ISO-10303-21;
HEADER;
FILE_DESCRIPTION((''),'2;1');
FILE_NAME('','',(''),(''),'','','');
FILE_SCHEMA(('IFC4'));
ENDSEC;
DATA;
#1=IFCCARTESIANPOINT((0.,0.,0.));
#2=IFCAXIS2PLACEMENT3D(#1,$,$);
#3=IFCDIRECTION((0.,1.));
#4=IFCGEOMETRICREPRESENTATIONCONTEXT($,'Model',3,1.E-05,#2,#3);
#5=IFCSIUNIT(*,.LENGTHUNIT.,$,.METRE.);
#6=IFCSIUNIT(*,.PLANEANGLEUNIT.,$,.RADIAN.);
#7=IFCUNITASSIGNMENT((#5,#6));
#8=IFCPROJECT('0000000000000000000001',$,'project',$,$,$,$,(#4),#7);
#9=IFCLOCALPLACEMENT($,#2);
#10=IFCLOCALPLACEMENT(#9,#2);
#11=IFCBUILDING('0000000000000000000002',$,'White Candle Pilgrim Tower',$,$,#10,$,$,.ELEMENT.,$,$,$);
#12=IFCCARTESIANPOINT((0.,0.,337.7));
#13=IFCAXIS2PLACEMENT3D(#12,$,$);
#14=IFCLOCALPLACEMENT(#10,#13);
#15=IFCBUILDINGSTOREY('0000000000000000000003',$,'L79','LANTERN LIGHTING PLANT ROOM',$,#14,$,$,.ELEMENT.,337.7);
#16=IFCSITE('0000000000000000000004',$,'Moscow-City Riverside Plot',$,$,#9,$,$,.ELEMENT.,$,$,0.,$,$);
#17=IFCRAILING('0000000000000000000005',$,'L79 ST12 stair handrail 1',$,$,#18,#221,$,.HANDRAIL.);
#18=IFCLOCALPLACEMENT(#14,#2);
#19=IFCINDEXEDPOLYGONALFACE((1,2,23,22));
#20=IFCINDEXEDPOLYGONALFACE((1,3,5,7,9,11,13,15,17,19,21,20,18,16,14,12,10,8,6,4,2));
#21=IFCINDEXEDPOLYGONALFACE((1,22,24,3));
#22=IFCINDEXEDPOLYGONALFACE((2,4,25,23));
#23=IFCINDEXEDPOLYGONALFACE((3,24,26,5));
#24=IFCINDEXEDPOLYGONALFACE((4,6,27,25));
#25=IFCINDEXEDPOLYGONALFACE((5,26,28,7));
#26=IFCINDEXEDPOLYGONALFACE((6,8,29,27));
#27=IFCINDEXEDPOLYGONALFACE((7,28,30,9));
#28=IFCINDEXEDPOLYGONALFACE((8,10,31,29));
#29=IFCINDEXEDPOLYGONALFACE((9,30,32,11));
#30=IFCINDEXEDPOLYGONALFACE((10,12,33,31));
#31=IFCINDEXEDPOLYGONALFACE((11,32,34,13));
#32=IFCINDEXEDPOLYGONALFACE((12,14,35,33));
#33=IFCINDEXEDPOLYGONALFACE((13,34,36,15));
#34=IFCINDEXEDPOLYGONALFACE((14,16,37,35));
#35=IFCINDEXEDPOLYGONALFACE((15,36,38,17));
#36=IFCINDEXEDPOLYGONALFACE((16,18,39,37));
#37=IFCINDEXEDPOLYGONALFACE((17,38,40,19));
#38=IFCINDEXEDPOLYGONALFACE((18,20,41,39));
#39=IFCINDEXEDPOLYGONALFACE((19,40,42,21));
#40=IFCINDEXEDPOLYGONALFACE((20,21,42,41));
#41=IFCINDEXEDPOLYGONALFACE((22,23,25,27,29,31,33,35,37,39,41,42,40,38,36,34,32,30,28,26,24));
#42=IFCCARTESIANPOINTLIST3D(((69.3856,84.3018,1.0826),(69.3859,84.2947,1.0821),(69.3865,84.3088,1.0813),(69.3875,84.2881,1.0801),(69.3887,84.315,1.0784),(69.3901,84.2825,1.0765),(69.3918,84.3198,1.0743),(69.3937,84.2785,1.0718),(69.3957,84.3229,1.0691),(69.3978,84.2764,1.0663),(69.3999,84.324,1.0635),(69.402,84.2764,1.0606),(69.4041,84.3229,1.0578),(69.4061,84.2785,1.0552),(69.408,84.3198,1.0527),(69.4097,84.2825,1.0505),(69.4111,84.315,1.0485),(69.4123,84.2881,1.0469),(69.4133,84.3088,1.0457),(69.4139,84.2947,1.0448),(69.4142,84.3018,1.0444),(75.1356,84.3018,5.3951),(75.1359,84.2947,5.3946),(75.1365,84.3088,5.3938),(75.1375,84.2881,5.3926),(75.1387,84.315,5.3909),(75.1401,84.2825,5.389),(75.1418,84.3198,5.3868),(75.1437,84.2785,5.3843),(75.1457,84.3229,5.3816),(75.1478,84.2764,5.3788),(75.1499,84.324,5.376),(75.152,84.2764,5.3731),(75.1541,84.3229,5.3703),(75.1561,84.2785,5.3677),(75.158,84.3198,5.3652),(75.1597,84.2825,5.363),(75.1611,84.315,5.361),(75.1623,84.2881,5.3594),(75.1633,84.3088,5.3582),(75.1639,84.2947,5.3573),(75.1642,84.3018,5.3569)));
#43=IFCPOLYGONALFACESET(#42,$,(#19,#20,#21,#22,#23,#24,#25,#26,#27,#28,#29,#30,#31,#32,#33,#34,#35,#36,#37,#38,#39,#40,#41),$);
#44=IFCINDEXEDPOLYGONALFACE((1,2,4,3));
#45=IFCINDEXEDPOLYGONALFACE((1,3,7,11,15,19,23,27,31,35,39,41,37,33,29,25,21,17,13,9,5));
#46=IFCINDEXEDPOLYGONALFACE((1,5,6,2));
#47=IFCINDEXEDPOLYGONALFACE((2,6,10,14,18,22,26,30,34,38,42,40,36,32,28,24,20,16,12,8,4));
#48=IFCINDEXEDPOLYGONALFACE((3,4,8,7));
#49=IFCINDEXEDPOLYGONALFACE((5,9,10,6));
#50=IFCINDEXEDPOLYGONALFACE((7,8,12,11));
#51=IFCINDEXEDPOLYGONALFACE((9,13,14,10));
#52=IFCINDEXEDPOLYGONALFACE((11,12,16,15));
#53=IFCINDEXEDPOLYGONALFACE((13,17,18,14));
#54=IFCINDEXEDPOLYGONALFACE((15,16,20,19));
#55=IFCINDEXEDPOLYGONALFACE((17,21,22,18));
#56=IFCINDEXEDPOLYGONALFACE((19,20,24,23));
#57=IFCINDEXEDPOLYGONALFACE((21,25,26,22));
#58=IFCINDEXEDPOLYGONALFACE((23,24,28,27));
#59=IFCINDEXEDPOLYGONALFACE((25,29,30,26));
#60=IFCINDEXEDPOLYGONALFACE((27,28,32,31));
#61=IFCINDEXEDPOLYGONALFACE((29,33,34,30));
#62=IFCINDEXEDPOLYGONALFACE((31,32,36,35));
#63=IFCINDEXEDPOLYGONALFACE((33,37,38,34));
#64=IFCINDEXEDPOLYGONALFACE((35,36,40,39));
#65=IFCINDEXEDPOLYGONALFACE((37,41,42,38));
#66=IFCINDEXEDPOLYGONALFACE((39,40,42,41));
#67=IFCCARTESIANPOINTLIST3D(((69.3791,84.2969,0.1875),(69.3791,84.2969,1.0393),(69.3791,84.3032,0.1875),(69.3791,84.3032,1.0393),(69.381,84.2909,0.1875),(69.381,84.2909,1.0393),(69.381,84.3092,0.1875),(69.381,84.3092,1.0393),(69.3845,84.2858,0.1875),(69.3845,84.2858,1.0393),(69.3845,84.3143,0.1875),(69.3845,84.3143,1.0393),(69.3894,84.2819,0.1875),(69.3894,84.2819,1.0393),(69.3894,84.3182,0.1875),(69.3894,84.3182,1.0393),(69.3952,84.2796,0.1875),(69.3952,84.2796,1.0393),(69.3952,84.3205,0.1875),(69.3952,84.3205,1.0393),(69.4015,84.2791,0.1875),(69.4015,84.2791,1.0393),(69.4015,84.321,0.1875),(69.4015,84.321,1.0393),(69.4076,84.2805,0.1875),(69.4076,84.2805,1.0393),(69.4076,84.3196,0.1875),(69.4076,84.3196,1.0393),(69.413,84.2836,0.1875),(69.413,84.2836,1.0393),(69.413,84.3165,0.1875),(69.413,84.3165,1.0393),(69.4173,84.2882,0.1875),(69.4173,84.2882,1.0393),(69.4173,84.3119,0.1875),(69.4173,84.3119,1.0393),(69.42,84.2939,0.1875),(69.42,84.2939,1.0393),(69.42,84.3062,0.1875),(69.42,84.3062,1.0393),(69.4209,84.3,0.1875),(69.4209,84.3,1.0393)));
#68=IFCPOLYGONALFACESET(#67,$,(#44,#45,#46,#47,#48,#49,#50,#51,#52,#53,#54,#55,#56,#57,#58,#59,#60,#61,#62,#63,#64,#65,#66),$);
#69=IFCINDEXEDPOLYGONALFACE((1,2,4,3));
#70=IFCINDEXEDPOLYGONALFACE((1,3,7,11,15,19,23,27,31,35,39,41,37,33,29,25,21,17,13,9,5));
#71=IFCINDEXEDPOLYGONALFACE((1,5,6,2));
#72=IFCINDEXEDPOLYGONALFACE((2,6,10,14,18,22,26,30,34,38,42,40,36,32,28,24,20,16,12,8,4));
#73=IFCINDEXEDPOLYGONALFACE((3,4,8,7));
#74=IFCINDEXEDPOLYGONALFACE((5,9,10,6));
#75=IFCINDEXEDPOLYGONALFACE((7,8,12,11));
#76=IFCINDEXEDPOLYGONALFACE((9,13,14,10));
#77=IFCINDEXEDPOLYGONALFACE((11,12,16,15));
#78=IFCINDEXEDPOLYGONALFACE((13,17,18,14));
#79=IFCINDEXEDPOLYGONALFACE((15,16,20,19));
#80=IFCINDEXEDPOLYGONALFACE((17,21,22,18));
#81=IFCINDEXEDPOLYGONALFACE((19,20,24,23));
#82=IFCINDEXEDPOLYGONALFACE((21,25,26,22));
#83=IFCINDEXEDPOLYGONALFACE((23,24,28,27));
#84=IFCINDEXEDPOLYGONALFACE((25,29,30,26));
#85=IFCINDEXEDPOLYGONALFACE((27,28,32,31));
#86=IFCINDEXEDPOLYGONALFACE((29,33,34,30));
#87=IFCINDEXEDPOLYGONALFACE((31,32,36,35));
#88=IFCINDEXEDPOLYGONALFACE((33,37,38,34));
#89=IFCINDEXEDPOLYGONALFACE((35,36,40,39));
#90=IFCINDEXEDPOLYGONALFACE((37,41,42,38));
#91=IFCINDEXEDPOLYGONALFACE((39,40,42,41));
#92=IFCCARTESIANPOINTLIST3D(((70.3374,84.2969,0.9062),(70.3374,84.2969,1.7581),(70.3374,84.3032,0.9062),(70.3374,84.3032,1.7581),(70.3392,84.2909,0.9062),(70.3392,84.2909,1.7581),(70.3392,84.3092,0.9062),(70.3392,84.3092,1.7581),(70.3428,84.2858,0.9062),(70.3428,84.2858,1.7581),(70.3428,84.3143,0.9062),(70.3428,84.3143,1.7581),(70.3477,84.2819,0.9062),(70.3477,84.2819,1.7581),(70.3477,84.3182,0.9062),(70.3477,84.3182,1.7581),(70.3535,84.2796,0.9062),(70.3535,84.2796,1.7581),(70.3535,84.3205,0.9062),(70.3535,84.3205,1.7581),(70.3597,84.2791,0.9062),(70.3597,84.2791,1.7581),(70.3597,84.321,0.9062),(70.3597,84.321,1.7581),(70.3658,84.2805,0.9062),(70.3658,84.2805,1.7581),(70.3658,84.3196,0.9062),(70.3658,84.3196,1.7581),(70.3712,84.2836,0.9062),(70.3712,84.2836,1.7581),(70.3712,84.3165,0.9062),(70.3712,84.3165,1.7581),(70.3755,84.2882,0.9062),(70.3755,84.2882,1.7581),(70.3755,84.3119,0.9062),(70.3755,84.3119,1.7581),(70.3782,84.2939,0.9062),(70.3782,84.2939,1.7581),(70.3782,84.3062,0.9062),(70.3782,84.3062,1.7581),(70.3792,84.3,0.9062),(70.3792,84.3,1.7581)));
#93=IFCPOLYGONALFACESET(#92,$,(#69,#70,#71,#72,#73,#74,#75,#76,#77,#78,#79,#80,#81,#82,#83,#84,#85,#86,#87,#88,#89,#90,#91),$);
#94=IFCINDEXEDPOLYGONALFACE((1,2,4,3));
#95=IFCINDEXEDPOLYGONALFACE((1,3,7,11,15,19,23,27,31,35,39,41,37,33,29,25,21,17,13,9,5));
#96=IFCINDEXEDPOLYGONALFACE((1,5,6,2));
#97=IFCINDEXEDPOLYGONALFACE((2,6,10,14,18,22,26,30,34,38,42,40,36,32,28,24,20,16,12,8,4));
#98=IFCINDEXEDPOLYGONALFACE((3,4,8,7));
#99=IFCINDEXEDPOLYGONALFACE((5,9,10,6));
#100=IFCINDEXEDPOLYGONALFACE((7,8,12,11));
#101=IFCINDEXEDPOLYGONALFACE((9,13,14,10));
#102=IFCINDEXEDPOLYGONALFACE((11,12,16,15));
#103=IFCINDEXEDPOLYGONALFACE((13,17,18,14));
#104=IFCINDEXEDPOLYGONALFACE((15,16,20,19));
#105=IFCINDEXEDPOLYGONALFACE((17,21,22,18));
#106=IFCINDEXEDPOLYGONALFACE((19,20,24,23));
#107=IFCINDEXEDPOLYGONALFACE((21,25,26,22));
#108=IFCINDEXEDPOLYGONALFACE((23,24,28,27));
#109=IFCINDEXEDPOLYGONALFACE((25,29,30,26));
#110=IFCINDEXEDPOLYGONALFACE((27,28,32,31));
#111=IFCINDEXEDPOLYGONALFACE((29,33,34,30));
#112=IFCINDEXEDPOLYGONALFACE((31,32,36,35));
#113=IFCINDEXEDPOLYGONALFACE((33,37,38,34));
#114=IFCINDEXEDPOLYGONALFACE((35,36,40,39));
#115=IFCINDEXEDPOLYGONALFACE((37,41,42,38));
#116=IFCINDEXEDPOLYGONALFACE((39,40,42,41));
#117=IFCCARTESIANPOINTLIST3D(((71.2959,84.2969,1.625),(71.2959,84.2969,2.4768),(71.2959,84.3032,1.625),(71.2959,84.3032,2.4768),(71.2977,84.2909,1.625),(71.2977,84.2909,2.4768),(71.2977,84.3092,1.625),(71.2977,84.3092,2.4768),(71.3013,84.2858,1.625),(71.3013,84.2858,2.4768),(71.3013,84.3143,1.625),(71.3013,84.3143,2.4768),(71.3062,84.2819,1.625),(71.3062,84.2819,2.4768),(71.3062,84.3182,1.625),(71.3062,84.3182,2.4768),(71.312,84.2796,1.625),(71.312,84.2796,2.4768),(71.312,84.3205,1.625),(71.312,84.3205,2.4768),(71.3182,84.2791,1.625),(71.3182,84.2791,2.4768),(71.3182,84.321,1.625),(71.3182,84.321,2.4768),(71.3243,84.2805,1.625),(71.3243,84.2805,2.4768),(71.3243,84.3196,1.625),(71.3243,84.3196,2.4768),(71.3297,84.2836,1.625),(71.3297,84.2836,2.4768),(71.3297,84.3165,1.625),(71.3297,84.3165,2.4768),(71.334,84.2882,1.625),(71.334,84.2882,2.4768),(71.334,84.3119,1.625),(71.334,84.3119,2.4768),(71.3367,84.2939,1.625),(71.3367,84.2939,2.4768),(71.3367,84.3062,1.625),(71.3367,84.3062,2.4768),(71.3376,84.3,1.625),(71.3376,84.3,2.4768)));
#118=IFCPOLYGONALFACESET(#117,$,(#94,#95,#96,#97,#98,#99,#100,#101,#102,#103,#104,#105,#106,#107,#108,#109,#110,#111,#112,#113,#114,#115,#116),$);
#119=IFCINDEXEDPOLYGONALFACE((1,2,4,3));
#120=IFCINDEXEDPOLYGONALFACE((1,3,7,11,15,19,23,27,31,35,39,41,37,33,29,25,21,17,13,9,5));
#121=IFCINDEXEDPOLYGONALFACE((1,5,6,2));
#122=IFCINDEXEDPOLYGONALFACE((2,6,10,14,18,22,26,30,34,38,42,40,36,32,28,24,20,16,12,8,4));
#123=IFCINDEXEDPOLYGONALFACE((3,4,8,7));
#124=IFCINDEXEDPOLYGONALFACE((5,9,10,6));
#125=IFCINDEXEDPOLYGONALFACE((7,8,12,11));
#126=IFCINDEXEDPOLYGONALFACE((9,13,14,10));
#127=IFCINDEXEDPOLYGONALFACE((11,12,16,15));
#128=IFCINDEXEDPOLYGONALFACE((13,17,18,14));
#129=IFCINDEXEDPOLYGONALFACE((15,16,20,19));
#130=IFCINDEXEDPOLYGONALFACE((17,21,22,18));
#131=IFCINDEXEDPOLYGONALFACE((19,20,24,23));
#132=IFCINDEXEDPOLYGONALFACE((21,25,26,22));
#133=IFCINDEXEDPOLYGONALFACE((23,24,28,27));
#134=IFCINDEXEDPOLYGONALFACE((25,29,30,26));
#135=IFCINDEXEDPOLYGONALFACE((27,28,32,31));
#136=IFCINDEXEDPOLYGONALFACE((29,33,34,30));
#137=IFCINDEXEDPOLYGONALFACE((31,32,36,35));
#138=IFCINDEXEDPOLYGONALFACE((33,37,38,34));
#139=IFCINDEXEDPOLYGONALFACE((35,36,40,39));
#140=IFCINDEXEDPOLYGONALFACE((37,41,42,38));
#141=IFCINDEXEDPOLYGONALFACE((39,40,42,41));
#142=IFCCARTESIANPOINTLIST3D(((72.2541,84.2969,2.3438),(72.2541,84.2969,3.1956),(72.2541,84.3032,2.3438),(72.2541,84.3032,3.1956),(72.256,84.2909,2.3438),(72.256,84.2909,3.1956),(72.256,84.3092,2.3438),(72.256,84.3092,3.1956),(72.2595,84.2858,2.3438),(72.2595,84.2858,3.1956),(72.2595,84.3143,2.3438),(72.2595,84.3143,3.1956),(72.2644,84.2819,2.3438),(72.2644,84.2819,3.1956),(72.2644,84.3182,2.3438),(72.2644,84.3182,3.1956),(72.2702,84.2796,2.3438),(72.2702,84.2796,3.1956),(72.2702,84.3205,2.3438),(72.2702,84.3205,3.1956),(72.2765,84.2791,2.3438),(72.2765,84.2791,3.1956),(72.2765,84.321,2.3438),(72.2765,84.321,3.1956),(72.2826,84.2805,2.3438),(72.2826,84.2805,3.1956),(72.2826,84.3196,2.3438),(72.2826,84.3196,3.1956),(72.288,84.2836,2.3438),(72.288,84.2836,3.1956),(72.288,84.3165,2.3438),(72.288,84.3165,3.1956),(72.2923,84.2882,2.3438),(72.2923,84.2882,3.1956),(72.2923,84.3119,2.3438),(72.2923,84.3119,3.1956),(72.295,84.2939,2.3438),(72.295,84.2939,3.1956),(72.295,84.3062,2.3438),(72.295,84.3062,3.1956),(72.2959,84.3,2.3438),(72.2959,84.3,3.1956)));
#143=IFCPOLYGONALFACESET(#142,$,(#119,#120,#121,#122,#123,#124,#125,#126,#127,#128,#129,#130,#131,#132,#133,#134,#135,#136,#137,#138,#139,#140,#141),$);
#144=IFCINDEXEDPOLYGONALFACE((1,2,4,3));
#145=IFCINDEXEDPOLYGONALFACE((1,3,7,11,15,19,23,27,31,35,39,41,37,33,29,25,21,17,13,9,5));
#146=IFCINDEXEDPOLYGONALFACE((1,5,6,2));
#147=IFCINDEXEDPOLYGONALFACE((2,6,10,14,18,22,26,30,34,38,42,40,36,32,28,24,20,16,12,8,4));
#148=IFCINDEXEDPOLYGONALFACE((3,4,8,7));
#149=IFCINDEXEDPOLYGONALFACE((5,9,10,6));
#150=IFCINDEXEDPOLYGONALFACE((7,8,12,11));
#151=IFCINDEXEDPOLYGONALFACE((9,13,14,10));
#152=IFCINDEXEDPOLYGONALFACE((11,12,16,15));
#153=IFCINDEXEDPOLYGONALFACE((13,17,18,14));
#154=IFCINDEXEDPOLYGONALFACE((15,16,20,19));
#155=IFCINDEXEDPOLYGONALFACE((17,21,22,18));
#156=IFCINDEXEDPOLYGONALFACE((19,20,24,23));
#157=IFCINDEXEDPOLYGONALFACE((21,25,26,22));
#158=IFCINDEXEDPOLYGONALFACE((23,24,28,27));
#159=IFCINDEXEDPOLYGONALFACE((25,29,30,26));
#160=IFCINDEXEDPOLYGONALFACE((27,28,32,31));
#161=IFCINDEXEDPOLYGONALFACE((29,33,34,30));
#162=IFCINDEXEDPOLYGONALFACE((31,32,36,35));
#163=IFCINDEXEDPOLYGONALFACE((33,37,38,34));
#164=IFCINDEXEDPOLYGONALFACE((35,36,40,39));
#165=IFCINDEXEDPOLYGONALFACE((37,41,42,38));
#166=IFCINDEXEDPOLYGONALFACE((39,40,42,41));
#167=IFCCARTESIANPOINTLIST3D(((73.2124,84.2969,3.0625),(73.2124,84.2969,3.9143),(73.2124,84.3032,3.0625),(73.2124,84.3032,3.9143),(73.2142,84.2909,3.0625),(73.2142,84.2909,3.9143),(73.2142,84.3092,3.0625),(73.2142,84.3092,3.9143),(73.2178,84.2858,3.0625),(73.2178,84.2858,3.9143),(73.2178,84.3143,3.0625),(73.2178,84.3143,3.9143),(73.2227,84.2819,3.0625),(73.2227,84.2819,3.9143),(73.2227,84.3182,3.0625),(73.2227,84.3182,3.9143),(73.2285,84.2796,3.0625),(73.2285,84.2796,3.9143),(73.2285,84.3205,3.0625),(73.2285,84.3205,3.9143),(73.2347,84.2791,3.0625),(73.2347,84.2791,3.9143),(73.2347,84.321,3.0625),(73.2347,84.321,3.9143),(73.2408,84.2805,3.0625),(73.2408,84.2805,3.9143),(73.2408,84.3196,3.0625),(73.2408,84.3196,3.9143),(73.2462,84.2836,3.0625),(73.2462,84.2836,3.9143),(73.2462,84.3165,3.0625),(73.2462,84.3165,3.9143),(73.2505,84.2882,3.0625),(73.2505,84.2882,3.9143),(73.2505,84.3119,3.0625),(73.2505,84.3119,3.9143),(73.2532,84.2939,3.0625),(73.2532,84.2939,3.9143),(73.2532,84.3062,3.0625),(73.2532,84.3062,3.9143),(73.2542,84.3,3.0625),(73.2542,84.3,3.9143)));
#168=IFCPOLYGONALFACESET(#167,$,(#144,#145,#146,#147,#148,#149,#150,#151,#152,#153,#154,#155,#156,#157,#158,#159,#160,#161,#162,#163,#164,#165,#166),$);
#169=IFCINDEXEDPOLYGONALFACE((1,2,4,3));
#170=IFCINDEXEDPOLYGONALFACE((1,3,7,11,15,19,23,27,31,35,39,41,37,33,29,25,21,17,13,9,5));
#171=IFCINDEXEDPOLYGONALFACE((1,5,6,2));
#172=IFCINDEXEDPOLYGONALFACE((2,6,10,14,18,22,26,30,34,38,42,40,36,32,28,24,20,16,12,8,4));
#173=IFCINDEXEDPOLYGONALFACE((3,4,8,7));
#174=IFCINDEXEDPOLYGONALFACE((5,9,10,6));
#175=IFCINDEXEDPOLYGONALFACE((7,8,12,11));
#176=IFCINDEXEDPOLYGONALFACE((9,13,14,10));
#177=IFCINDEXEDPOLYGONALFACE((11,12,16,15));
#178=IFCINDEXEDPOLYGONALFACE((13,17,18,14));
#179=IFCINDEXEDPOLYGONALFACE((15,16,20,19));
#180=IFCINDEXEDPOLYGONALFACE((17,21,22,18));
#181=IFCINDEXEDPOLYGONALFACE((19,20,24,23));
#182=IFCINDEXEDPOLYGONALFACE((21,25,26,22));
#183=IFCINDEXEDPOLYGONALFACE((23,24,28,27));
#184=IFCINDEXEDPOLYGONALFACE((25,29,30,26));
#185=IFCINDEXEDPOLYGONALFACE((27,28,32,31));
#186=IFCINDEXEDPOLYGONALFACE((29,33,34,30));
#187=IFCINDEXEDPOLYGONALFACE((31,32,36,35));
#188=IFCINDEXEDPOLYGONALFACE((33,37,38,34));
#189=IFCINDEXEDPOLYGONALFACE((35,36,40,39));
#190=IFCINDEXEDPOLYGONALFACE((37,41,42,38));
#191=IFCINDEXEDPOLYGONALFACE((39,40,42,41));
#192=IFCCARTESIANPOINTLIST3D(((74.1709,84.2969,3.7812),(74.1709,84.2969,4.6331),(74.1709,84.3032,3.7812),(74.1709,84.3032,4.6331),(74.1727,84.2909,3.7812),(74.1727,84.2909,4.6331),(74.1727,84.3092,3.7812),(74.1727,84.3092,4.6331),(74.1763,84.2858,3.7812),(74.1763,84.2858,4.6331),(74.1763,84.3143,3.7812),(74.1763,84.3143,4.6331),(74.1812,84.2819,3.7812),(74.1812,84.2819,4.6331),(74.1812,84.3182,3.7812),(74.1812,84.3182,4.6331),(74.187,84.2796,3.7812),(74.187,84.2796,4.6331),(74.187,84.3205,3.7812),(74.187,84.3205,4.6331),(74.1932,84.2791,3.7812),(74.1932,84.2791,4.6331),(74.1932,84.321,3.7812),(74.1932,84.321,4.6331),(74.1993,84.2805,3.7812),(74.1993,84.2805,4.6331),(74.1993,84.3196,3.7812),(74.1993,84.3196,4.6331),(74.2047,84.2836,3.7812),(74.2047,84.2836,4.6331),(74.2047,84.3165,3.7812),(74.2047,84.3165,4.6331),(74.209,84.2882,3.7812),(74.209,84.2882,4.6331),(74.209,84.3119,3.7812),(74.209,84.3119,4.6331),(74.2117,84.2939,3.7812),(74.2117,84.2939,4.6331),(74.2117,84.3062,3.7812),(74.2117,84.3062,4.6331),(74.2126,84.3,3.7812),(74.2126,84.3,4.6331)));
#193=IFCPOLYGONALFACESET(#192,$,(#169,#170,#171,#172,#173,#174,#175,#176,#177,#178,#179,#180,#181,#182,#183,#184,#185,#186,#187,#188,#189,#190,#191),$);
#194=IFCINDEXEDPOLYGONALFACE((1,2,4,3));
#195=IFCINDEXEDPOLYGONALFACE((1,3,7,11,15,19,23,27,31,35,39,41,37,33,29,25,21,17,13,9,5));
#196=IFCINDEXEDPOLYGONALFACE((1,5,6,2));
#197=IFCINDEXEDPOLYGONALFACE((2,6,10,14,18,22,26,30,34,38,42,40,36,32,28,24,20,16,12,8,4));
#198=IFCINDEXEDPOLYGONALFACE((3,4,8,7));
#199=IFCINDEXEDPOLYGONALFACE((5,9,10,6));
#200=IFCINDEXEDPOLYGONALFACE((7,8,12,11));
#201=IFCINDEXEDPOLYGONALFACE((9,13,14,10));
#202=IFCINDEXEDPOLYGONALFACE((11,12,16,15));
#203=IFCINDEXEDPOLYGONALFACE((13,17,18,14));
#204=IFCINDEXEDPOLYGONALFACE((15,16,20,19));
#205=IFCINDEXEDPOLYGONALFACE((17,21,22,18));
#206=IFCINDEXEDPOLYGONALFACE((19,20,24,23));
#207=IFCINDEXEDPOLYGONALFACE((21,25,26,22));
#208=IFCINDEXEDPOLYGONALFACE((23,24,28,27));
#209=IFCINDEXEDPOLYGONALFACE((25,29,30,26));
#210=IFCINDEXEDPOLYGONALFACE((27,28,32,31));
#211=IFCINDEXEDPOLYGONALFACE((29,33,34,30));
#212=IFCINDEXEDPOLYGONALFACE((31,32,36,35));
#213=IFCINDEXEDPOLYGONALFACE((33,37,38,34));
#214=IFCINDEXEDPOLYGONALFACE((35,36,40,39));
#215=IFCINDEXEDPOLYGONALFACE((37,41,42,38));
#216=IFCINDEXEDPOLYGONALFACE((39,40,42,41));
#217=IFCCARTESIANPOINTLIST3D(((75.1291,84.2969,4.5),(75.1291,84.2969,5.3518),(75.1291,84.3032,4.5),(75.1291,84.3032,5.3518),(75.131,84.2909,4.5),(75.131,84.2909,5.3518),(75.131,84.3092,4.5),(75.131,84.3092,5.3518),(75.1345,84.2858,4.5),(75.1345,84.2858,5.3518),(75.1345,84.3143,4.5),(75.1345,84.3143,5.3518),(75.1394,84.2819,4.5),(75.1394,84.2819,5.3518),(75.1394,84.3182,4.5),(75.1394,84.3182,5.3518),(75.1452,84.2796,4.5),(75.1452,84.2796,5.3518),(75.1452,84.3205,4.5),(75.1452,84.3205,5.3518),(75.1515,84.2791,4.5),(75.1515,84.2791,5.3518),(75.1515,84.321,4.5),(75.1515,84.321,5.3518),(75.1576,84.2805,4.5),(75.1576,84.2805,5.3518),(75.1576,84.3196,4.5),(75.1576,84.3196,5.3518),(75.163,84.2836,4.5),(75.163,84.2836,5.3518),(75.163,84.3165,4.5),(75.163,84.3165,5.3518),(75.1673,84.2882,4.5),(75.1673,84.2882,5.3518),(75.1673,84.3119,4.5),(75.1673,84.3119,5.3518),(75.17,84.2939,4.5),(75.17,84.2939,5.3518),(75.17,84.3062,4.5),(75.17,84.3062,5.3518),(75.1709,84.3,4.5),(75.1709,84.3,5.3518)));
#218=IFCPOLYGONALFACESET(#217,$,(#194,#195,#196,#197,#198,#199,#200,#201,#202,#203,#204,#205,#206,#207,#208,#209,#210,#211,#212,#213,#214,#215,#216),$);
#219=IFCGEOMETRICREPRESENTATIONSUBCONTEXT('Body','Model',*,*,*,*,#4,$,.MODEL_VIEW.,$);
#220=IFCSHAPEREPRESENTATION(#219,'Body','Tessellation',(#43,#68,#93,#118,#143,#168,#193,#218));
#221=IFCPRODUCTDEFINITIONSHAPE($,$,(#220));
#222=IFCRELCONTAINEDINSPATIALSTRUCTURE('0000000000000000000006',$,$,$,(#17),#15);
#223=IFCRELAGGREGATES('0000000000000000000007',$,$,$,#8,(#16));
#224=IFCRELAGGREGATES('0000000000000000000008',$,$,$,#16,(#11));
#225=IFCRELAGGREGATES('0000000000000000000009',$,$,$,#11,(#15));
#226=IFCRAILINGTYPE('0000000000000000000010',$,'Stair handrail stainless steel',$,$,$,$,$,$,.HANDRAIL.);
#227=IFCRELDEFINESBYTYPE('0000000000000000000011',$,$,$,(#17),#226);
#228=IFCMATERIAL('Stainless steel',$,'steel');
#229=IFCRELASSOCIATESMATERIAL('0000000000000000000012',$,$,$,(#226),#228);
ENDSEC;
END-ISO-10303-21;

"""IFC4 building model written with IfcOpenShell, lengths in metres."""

from ifc_helpers import new_model, si_unit, direction, frame, origin, origin_2d, place, context, subcontext, project, spatial, circle, extrude, material, type_object, element, save


model = new_model("IFC4")

# Units and contexts
model_context = context("Model", 3, precision=1e-05, world=origin(), true_north=direction((0.0, 1.0)))
body_context = subcontext(model_context, "Body", "Model", "MODEL_VIEW")
ifc_project = project(units=[si_unit("LENGTHUNIT", "METRE"), si_unit("PLANEANGLEUNIT", "RADIAN")], contexts=[model_context])

# Site, building, storey
site_placement = place(None, origin())
site = spatial("IfcSite", under=ifc_project, at=site_placement, Name="Moscow-City Riverside Plot", CompositionType="ELEMENT", RefElevation=0.0)
building_placement = place(site_placement, origin())
building = spatial("IfcBuilding", under=site, at=building_placement, Name="White Candle Pilgrim Tower", CompositionType="ELEMENT")
storey_placement = place(building_placement, frame((0.0, 0.0, 337.7)))
storey = spatial("IfcBuildingStorey", under=building, at=storey_placement, Name="L79", Description="LANTERN LIGHTING PLANT ROOM", CompositionType="ELEMENT", Elevation=337.7)

# Railing
ifc_material_1 = material(Name="Stainless steel", Category="steel")
railing_type = type_object("IfcRailingType", Name="Stair handrail stainless steel", PredefinedType="HANDRAIL", material=ifc_material_1)
railing_1_placement = place(storey_placement, frame((69.3999, 84.3, 0.1875)))
element("IfcRailing", 1, at=railing_1_placement, inside=storey, type_object=railing_type, Name="L79 ST12 stair handrail 1", PredefinedType="HANDRAIL", context=body_context, shape_type="SweptSolid", body=[
    extrude(circle(Radius=0.0239, at=origin_2d()), frame((0.0, 0.0, 0.876), z_axis=(0.8, 0.0, 0.6), x_axis=(0.0, 1.0, 0.0)), (0.0, 0.0, 1.0), 7.1875),
    extrude(circle(Radius=0.021, at=origin_2d()), origin(), (0.0, 0.0, 1.0), 0.8518),
    extrude(circle(Radius=0.021, at=origin_2d()), frame((0.9583, 0.0, 0.7188)), (0.0, 0.0, 1.0), 0.8518),
    extrude(circle(Radius=0.021, at=origin_2d()), frame((1.9167, 0.0, 1.4375)), (0.0, 0.0, 1.0), 0.8518),
    extrude(circle(Radius=0.021, at=origin_2d()), frame((2.875, 0.0, 2.1562)), (0.0, 0.0, 1.0), 0.8518),
    extrude(circle(Radius=0.021, at=origin_2d()), frame((3.8333, 0.0, 2.875)), (0.0, 0.0, 1.0), 0.8518),
    extrude(circle(Radius=0.021, at=origin_2d()), frame((4.7917, 0.0, 3.5938)), (0.0, 0.0, 1.0), 0.8518),
    extrude(circle(Radius=0.021, at=origin_2d()), frame((5.75, 0.0, 4.3125)), (0.0, 0.0, 1.0), 0.8518),
])

save(model, "model.ifc")
